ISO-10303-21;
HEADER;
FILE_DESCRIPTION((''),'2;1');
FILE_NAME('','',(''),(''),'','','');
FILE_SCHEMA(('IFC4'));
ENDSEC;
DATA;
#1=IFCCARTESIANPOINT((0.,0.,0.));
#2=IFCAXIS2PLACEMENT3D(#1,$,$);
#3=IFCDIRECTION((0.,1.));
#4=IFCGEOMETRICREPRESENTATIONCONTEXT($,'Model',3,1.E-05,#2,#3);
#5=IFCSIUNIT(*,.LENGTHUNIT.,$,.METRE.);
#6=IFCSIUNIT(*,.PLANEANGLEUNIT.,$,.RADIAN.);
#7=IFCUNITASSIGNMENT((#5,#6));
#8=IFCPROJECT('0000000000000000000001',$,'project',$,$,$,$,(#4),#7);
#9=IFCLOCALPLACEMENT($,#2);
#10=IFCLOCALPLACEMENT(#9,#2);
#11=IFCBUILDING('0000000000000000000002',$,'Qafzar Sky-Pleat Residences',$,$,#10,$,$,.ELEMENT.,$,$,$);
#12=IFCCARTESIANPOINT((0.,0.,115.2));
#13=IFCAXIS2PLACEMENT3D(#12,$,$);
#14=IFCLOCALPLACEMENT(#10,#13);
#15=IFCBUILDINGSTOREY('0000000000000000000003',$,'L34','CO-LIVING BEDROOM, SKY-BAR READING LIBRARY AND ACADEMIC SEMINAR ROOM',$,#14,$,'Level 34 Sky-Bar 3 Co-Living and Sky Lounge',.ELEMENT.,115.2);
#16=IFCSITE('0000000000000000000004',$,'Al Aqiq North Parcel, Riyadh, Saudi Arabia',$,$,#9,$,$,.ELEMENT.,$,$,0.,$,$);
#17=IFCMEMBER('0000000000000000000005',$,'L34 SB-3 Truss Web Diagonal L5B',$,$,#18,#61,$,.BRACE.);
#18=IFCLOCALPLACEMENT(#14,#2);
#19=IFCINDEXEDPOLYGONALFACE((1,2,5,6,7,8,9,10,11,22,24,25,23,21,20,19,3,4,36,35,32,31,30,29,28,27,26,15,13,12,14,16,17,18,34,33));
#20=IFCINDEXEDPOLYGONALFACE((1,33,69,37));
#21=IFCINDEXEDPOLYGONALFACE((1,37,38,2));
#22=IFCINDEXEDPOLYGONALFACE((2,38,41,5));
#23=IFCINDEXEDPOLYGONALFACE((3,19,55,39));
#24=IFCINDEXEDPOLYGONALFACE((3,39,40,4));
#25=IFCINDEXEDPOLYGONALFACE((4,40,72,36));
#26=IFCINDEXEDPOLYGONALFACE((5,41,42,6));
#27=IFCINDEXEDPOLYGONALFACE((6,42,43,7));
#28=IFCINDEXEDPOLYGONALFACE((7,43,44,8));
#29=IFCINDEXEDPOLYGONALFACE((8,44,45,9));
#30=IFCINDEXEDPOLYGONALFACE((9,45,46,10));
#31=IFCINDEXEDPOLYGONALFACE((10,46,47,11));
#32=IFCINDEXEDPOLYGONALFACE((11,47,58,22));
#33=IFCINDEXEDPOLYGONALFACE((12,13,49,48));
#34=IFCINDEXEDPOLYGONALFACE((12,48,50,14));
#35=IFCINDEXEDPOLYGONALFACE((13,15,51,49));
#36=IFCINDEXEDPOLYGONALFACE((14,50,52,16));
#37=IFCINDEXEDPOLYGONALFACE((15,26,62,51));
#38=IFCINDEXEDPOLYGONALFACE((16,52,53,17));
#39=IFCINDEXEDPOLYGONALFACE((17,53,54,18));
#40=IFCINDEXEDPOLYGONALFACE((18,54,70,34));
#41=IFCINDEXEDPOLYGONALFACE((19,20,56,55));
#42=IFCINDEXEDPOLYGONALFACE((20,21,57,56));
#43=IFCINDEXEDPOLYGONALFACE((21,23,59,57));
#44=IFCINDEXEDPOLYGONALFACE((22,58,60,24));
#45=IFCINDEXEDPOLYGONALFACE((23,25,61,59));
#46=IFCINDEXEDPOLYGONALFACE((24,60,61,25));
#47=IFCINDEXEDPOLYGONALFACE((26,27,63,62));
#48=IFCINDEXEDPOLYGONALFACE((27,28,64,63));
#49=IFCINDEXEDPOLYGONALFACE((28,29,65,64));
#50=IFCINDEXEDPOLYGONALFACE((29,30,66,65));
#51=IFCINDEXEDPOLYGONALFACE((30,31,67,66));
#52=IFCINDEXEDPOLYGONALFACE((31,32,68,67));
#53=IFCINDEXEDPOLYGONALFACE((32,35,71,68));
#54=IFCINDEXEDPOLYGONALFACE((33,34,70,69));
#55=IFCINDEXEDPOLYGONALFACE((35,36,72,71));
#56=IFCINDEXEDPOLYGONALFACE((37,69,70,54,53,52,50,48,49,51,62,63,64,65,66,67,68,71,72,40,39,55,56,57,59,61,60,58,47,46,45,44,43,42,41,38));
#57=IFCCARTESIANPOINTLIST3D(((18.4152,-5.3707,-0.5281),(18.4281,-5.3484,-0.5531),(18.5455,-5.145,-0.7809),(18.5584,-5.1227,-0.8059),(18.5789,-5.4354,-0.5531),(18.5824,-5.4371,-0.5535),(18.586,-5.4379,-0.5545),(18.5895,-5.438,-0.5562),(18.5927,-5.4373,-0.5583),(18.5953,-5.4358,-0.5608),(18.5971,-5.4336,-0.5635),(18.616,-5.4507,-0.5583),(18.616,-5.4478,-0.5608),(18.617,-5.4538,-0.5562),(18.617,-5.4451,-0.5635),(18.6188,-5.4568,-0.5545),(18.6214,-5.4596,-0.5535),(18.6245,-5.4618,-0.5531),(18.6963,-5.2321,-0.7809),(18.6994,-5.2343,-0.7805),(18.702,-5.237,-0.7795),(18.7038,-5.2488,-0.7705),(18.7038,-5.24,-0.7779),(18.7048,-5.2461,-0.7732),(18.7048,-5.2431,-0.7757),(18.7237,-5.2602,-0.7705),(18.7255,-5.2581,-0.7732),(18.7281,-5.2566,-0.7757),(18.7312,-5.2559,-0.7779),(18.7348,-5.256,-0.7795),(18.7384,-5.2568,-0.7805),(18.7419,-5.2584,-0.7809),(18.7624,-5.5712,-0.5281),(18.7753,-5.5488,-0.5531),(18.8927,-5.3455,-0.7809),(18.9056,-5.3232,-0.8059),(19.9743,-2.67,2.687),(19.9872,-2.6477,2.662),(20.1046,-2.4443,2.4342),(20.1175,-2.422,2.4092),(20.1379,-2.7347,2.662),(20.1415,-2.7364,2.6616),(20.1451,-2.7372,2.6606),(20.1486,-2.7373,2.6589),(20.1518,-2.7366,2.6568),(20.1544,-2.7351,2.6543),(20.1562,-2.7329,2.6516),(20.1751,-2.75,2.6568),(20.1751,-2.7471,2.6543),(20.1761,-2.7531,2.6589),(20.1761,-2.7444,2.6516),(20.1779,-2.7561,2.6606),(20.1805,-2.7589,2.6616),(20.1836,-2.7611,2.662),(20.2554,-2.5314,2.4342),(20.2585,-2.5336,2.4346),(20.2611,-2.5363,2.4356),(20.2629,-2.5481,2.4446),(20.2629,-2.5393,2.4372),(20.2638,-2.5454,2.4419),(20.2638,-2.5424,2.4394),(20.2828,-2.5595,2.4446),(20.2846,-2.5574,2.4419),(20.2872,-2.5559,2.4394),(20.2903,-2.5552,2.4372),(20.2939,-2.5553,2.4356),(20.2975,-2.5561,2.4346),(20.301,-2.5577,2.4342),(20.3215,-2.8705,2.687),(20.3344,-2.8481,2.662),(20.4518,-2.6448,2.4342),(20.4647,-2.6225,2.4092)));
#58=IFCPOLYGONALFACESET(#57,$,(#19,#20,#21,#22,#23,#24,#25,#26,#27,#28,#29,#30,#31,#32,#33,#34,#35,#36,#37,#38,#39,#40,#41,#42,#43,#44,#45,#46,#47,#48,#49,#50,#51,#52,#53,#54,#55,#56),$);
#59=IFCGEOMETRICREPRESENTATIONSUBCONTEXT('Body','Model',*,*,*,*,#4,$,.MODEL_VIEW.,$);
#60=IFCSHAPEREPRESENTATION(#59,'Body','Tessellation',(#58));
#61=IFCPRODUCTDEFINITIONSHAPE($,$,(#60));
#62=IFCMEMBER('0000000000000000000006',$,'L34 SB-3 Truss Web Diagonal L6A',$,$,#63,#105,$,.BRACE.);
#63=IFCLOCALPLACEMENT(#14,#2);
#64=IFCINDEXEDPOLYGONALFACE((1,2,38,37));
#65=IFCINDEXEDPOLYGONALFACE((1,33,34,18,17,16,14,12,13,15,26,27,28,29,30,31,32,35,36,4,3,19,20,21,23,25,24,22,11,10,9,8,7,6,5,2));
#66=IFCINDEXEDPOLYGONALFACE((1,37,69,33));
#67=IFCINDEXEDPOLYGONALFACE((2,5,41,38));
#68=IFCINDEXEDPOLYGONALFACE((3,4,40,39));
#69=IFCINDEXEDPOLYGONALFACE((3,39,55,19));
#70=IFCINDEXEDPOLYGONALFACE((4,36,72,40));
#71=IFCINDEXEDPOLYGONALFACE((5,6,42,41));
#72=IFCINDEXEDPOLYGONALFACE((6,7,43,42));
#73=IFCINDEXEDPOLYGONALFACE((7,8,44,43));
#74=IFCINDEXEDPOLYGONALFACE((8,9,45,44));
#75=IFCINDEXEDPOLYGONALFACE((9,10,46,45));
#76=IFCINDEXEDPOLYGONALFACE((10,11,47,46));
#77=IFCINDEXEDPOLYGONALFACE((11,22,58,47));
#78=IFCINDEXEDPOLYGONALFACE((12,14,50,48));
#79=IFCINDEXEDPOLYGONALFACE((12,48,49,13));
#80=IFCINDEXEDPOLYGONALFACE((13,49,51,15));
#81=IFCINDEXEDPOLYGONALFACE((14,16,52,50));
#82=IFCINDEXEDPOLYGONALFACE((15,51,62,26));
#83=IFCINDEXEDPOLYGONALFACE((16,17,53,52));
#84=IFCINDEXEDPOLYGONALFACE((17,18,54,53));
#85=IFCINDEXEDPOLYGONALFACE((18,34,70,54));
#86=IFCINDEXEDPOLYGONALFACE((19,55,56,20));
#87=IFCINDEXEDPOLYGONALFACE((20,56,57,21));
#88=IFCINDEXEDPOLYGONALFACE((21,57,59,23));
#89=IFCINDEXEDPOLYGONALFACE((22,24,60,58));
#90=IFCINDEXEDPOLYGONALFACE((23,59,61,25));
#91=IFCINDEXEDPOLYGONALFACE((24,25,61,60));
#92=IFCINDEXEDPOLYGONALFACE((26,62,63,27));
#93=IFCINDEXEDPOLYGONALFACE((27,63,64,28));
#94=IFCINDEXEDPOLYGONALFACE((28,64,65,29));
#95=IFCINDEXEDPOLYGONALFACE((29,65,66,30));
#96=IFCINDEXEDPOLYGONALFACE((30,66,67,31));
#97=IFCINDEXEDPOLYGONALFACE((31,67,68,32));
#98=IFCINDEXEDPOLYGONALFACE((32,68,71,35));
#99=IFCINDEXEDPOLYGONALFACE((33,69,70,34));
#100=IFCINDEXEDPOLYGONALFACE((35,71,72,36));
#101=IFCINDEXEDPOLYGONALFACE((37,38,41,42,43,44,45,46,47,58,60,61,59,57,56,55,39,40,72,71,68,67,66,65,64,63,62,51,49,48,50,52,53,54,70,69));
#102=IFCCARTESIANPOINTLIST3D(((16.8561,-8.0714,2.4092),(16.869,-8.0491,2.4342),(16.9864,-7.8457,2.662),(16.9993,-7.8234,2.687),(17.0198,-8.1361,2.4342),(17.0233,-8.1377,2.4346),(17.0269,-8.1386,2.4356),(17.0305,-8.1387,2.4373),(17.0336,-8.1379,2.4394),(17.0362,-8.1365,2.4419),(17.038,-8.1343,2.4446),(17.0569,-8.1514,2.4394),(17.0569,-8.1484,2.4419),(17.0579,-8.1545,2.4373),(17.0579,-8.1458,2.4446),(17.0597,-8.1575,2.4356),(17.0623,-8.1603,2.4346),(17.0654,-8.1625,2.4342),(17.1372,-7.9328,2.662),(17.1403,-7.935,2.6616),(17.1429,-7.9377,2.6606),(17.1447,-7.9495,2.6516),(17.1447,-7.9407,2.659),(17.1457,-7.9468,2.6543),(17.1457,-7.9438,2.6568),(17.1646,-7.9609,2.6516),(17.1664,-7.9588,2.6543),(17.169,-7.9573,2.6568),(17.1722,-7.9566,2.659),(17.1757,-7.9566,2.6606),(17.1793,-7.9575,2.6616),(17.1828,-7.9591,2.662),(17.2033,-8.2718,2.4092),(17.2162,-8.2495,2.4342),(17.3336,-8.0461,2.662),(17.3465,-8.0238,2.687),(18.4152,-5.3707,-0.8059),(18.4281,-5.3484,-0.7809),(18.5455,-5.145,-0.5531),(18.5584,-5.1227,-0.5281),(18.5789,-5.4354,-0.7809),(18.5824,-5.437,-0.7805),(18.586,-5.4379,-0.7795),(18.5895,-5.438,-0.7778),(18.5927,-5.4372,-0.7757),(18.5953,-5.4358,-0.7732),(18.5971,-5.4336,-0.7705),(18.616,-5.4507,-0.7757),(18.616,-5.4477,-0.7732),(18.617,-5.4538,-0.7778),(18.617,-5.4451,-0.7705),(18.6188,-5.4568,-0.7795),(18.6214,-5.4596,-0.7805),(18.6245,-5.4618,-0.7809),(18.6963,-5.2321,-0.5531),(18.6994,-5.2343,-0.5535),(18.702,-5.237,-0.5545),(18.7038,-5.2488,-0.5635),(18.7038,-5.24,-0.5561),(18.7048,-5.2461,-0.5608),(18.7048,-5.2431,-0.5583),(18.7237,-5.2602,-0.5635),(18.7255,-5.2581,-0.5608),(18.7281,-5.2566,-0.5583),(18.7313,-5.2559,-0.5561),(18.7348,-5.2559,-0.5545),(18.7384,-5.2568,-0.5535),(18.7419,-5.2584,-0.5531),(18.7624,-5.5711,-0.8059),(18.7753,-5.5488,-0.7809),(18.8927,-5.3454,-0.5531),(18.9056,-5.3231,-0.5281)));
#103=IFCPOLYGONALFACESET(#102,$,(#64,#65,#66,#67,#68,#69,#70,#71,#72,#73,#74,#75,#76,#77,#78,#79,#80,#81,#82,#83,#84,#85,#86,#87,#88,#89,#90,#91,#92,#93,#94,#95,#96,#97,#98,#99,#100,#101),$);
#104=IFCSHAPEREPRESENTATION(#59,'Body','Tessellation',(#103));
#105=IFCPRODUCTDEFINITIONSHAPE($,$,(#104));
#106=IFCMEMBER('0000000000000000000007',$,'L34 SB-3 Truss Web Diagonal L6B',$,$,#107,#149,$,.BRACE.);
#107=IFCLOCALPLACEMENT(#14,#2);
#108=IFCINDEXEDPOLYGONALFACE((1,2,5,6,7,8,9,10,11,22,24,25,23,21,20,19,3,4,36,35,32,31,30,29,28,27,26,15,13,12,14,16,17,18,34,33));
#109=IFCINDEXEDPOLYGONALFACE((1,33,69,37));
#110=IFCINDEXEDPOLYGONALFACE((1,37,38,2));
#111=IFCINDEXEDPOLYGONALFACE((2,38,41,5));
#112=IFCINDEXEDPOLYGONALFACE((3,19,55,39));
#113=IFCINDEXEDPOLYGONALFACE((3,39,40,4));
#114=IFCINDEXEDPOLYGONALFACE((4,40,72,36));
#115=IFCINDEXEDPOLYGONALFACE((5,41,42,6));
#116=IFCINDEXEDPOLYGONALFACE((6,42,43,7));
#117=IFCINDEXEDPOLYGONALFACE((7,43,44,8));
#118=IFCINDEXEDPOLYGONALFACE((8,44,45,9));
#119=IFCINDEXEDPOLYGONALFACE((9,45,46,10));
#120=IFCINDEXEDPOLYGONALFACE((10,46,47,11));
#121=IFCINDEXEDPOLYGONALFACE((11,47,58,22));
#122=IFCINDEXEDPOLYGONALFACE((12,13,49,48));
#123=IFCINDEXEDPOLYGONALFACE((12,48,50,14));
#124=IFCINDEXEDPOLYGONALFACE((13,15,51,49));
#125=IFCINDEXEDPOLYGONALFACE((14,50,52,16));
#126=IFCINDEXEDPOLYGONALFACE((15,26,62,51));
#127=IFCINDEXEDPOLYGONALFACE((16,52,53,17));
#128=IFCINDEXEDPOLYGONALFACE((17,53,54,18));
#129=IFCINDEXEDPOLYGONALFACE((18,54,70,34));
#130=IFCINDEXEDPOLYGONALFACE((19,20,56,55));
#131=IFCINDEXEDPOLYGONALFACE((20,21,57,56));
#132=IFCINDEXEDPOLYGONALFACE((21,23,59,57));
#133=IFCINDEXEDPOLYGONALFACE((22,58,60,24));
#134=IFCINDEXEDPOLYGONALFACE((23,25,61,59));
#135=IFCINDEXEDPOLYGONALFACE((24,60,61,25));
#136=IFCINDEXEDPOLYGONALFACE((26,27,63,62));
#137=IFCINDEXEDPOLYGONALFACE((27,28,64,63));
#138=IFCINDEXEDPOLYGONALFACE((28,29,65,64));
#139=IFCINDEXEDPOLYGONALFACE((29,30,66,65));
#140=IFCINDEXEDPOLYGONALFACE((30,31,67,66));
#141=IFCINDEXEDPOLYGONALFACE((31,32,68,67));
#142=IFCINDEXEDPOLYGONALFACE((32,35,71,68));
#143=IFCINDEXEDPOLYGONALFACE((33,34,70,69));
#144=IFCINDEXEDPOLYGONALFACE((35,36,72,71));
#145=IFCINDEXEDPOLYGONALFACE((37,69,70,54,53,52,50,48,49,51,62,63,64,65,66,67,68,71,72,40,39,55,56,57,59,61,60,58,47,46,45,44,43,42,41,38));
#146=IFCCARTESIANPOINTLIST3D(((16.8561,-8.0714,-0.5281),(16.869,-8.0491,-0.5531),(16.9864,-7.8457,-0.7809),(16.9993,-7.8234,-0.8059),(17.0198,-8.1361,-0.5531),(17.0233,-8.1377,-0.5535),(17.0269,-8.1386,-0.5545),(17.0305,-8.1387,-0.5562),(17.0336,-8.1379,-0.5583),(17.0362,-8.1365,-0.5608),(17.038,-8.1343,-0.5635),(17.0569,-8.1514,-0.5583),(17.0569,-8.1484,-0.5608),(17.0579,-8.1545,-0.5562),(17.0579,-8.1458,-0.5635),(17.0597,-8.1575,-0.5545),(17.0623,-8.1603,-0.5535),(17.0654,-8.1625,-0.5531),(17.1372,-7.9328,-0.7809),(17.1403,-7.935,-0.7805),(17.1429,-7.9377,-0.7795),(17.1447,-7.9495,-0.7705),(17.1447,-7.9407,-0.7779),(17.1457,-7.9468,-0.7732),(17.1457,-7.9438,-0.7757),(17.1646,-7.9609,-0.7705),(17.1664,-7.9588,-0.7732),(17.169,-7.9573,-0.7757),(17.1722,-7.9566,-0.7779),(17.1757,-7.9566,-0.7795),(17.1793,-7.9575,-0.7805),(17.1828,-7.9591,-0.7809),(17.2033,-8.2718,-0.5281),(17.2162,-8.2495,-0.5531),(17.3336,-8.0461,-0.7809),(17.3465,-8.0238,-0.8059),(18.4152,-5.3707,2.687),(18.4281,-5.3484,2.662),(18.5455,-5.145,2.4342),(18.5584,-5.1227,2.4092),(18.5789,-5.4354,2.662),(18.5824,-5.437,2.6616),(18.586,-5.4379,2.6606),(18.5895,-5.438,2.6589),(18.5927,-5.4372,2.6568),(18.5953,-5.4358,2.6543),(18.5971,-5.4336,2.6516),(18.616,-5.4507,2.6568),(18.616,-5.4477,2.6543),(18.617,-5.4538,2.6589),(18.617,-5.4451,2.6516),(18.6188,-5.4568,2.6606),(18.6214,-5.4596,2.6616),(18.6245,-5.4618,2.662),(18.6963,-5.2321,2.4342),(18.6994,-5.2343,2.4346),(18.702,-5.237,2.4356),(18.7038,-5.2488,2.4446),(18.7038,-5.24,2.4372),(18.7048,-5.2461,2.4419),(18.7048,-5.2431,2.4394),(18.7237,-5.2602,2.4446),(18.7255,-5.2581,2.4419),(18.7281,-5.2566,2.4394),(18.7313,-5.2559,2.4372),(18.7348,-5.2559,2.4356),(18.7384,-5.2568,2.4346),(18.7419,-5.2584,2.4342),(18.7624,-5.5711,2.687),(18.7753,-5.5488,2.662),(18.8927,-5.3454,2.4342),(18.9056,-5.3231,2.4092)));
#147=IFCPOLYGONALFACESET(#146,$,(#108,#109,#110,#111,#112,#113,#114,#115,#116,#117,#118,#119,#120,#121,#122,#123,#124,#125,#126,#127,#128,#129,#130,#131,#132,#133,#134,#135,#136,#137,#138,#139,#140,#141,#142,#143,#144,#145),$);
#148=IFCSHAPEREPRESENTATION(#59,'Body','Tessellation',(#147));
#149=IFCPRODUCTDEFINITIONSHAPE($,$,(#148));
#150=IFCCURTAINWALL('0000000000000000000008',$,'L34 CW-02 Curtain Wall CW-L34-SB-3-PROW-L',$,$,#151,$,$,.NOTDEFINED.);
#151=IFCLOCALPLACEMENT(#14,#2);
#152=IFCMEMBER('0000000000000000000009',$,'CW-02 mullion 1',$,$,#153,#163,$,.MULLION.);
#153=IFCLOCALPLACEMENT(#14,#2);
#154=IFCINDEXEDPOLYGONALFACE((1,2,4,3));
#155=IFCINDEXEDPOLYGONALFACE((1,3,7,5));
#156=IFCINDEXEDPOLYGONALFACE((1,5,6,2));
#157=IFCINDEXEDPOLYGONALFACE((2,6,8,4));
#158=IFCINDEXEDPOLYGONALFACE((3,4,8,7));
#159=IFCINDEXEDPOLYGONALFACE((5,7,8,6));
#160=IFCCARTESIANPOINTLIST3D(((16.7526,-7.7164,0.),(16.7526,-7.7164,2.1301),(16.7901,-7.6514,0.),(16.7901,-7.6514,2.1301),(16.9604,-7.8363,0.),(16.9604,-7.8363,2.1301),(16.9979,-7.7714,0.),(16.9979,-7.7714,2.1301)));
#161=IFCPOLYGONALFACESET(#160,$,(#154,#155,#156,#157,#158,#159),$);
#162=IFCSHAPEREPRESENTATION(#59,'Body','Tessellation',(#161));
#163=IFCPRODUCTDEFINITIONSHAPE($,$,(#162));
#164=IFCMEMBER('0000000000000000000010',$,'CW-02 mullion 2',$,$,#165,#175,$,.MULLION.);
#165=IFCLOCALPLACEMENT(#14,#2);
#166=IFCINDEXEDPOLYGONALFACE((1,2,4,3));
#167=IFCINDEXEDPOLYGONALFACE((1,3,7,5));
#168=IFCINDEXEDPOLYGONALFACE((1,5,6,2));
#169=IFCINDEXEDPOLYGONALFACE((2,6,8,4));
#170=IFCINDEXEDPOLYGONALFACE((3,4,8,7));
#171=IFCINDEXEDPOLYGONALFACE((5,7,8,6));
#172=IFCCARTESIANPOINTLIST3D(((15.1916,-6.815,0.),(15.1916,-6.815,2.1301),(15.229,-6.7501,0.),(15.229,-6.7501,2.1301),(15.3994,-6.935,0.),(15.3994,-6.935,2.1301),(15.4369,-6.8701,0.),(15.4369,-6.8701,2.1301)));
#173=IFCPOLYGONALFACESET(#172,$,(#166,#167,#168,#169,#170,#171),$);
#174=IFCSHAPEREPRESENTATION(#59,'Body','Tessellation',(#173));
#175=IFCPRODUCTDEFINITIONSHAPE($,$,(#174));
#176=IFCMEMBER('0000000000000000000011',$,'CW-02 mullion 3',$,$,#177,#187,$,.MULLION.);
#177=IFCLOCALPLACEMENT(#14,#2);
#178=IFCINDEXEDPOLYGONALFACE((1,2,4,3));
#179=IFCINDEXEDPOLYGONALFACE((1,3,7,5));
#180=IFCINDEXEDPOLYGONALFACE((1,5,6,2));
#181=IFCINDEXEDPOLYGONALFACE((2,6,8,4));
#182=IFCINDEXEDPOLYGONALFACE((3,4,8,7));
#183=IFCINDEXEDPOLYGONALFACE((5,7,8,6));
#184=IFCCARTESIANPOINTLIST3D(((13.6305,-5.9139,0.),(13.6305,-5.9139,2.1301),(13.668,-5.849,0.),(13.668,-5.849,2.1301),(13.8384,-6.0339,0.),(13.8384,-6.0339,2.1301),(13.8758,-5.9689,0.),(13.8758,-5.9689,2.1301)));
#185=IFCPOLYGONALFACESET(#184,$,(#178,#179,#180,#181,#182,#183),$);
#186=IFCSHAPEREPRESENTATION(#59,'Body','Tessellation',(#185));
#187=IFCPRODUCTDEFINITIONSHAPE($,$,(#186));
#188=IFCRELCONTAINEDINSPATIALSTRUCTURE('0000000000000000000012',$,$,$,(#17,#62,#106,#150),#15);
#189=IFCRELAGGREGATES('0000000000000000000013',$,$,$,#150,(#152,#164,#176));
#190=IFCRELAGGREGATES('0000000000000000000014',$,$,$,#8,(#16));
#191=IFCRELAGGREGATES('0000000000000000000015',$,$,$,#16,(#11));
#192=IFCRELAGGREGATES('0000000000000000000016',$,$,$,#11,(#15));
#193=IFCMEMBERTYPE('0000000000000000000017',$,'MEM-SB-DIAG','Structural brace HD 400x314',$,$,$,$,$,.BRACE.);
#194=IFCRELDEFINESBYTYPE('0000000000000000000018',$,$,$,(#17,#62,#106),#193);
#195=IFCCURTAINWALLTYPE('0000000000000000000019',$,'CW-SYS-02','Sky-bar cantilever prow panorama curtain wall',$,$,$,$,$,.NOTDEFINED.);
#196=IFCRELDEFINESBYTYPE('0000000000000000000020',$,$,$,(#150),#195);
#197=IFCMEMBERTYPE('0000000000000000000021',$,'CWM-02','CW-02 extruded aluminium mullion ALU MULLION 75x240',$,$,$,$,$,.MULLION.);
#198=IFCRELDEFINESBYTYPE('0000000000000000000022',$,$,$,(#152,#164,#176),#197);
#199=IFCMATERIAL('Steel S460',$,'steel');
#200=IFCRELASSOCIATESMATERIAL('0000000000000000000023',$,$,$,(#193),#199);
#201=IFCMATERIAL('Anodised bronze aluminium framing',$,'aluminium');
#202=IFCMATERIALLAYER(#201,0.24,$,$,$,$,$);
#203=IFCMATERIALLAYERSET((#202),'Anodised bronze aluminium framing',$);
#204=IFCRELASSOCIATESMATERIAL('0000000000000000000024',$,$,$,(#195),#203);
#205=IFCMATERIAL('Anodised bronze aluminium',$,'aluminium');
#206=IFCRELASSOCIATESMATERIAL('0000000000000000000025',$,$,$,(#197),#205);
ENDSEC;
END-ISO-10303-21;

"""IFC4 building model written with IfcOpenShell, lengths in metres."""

from ifc_helpers import new_model, si_unit, direction, frame, origin, origin_2d, place, context, subcontext, project, spatial, rectangle, i_section, extrude, source, transform, mapped, material, layer, layer_set, material_profile, profile_set, type_object, element, aggregate, save


model = new_model("IFC4")

# Units and contexts
model_context = context("Model", 3, precision=1e-05, world=origin(), true_north=direction((0.0, 1.0)))
body_context = subcontext(model_context, "Body", "Model", "MODEL_VIEW")
ifc_project = project(units=[si_unit("LENGTHUNIT", "METRE"), si_unit("PLANEANGLEUNIT", "RADIAN")], contexts=[model_context])

# Site, building, storey
site_placement = place(None, origin())
site = spatial("IfcSite", under=ifc_project, at=site_placement, Name="Al Aqiq North Parcel, Riyadh, Saudi Arabia", CompositionType="ELEMENT", RefElevation=0.0)
building_placement = place(site_placement, origin())
building = spatial("IfcBuilding", under=site, at=building_placement, Name="Qafzar Sky-Pleat Residences", CompositionType="ELEMENT")
storey_placement = place(building_placement, frame((0.0, 0.0, 115.2)))
storey = spatial("IfcBuildingStorey", under=building, at=storey_placement, Name="L34", Description="CO-LIVING BEDROOM, SKY-BAR READING LIBRARY AND ACADEMIC SEMINAR ROOM", LongName="Level 34 Sky-Bar 3 Co-Living and Sky Lounge", CompositionType="ELEMENT", Elevation=115.2)

# Members
ifc_material_1 = material(Name="Steel S460", Category="steel")
ifc_material_profile_1 = material_profile(ifc_material_1, i_section(OverallWidth=0.4009, OverallDepth=0.3989, WebThickness=0.0229, FlangeThickness=0.0359, FilletRadius=0.0149, at=origin_2d()), Name="HD 400x314")
ifc_profile_set_1 = profile_set([ifc_material_profile_1], Name="Steel S460")
member_type_1 = type_object("IfcMemberType", Name="MEM-SB-DIAG", Description="Structural brace HD 400x314", PredefinedType="BRACE", material=ifc_profile_set_1)
shared_shape_1 = source(origin(), body_context, "Body", "SweptSolid", [
    extrude(i_section(OverallWidth=0.4009, OverallDepth=0.3989, WebThickness=0.0229, FlangeThickness=0.0359, FilletRadius=0.0149, at=origin_2d()), origin(), (0.0, 0.0, 1.0), 4.479),
])
for number, where, z_axis, x_axis, name in (
    (1, (20.2195, -2.6462, 2.5481), (-0.348089, -0.602969, -0.717818), (0.866047, -0.499962, 0.0), "L34 SB-3 Truss Web Diagonal L5B"),
    (2, (18.6604, -5.3469, -0.667), (-0.348089, -0.602969, 0.717818), (0.866047, -0.499962, 0.0), "L34 SB-3 Truss Web Diagonal L6A"),
    (3, (18.6604, -5.3469, 2.5481), (-0.348089, -0.602969, -0.717818), (0.866047, -0.499962, 0.0), "L34 SB-3 Truss Web Diagonal L6B"),
):
    element("IfcMember", number, at=place(storey_placement, frame(where, z_axis=z_axis, x_axis=x_axis)), inside=storey, type_object=member_type_1, Name=name, PredefinedType="BRACE", context=body_context, shape_type="MappedRepresentation", body=[
        mapped(shared_shape_1, transform((0.0, 0.0, 0.0), x_axis=(1.0, 0.0, 0.0), y_axis=(0.0, 1.0, 0.0), z_axis=(0.0, 0.0, 1.0), scale=1.0)),
    ])

# Curtain wall, members
ifc_material_2 = material(Name="Anodised bronze aluminium framing", Category="aluminium")
ifc_layer_1 = layer(ifc_material_2, 0.24)
ifc_layer_set_1 = layer_set([ifc_layer_1], Name="Anodised bronze aluminium framing")
curtain_wall_type_1 = type_object("IfcCurtainWallType", Name="CW-SYS-02", Description="Sky-bar cantilever prow panorama curtain wall", PredefinedType="NOTDEFINED", material=ifc_layer_set_1)
curtain_wall_1_placement = place(storey_placement, origin())
curtain_wall_1 = element("IfcCurtainWall", 4, at=curtain_wall_1_placement, inside=storey, type_object=curtain_wall_type_1, Name="L34 CW-02 Curtain Wall CW-L34-SB-3-PROW-L", PredefinedType="NOTDEFINED")
ifc_material_3 = material(Name="Anodised bronze aluminium", Category="aluminium")
ifc_material_profile_2 = material_profile(ifc_material_3, rectangle(XDim=0.075, YDim=0.24, at=origin_2d()), Name="ALU MULLION 75x240")
ifc_profile_set_2 = profile_set([ifc_material_profile_2], Name="Anodised bronze aluminium")
member_type_2 = type_object("IfcMemberType", Name="CWM-02", Description="CW-02 extruded aluminium mullion ALU MULLION 75x240", PredefinedType="MULLION", material=ifc_profile_set_2)
shared_shape_2 = source(origin(), body_context, "Body", "SweptSolid", [
    extrude(rectangle(XDim=0.075, YDim=0.24, at=origin_2d()), origin(), (0.0, 0.0, 1.0), 2.1301),
])
member_1_placement = place(storey_placement, frame((16.8752, -7.7439, 0.0), z_axis=(0.0, 0.0, 1.0), x_axis=(-0.499997, -0.866027, 0.0)))
member_1 = element("IfcMember", 5, at=member_1_placement, type_object=member_type_2, Name="CW-02 mullion 1", PredefinedType="MULLION", context=body_context, shape_type="MappedRepresentation", body=[
    mapped(shared_shape_2, transform((0.0, 0.0, 0.0), x_axis=(1.0, 0.0, 0.0), y_axis=(0.0, 1.0, 0.0), z_axis=(0.0, 0.0, 1.0), scale=1.0)),
])
member_2_placement = place(storey_placement, frame((15.3142, -6.8425, 0.0), z_axis=(0.0, 0.0, 1.0), x_axis=(-0.499997, -0.866027, 0.0)))
member_2 = element("IfcMember", 6, at=member_2_placement, type_object=member_type_2, Name="CW-02 mullion 2", PredefinedType="MULLION", context=body_context, shape_type="MappedRepresentation", body=[
    mapped(shared_shape_2, transform((0.0, 0.0, 0.0), x_axis=(1.0, 0.0, 0.0), y_axis=(0.0, 1.0, 0.0), z_axis=(0.0, 0.0, 1.0), scale=1.0)),
])
member_3_placement = place(storey_placement, frame((13.7532, -5.9414, 0.0), z_axis=(0.0, 0.0, 1.0), x_axis=(-0.499997, -0.866027, 0.0)))
member_3 = element("IfcMember", 7, at=member_3_placement, type_object=member_type_2, Name="CW-02 mullion 3", PredefinedType="MULLION", context=body_context, shape_type="MappedRepresentation", body=[
    mapped(shared_shape_2, transform((0.0, 0.0, 0.0), x_axis=(1.0, 0.0, 0.0), y_axis=(0.0, 1.0, 0.0), z_axis=(0.0, 0.0, 1.0), scale=1.0)),
])

aggregate(curtain_wall_1, [member_1, member_2, member_3])

save(model, "model.ifc")
